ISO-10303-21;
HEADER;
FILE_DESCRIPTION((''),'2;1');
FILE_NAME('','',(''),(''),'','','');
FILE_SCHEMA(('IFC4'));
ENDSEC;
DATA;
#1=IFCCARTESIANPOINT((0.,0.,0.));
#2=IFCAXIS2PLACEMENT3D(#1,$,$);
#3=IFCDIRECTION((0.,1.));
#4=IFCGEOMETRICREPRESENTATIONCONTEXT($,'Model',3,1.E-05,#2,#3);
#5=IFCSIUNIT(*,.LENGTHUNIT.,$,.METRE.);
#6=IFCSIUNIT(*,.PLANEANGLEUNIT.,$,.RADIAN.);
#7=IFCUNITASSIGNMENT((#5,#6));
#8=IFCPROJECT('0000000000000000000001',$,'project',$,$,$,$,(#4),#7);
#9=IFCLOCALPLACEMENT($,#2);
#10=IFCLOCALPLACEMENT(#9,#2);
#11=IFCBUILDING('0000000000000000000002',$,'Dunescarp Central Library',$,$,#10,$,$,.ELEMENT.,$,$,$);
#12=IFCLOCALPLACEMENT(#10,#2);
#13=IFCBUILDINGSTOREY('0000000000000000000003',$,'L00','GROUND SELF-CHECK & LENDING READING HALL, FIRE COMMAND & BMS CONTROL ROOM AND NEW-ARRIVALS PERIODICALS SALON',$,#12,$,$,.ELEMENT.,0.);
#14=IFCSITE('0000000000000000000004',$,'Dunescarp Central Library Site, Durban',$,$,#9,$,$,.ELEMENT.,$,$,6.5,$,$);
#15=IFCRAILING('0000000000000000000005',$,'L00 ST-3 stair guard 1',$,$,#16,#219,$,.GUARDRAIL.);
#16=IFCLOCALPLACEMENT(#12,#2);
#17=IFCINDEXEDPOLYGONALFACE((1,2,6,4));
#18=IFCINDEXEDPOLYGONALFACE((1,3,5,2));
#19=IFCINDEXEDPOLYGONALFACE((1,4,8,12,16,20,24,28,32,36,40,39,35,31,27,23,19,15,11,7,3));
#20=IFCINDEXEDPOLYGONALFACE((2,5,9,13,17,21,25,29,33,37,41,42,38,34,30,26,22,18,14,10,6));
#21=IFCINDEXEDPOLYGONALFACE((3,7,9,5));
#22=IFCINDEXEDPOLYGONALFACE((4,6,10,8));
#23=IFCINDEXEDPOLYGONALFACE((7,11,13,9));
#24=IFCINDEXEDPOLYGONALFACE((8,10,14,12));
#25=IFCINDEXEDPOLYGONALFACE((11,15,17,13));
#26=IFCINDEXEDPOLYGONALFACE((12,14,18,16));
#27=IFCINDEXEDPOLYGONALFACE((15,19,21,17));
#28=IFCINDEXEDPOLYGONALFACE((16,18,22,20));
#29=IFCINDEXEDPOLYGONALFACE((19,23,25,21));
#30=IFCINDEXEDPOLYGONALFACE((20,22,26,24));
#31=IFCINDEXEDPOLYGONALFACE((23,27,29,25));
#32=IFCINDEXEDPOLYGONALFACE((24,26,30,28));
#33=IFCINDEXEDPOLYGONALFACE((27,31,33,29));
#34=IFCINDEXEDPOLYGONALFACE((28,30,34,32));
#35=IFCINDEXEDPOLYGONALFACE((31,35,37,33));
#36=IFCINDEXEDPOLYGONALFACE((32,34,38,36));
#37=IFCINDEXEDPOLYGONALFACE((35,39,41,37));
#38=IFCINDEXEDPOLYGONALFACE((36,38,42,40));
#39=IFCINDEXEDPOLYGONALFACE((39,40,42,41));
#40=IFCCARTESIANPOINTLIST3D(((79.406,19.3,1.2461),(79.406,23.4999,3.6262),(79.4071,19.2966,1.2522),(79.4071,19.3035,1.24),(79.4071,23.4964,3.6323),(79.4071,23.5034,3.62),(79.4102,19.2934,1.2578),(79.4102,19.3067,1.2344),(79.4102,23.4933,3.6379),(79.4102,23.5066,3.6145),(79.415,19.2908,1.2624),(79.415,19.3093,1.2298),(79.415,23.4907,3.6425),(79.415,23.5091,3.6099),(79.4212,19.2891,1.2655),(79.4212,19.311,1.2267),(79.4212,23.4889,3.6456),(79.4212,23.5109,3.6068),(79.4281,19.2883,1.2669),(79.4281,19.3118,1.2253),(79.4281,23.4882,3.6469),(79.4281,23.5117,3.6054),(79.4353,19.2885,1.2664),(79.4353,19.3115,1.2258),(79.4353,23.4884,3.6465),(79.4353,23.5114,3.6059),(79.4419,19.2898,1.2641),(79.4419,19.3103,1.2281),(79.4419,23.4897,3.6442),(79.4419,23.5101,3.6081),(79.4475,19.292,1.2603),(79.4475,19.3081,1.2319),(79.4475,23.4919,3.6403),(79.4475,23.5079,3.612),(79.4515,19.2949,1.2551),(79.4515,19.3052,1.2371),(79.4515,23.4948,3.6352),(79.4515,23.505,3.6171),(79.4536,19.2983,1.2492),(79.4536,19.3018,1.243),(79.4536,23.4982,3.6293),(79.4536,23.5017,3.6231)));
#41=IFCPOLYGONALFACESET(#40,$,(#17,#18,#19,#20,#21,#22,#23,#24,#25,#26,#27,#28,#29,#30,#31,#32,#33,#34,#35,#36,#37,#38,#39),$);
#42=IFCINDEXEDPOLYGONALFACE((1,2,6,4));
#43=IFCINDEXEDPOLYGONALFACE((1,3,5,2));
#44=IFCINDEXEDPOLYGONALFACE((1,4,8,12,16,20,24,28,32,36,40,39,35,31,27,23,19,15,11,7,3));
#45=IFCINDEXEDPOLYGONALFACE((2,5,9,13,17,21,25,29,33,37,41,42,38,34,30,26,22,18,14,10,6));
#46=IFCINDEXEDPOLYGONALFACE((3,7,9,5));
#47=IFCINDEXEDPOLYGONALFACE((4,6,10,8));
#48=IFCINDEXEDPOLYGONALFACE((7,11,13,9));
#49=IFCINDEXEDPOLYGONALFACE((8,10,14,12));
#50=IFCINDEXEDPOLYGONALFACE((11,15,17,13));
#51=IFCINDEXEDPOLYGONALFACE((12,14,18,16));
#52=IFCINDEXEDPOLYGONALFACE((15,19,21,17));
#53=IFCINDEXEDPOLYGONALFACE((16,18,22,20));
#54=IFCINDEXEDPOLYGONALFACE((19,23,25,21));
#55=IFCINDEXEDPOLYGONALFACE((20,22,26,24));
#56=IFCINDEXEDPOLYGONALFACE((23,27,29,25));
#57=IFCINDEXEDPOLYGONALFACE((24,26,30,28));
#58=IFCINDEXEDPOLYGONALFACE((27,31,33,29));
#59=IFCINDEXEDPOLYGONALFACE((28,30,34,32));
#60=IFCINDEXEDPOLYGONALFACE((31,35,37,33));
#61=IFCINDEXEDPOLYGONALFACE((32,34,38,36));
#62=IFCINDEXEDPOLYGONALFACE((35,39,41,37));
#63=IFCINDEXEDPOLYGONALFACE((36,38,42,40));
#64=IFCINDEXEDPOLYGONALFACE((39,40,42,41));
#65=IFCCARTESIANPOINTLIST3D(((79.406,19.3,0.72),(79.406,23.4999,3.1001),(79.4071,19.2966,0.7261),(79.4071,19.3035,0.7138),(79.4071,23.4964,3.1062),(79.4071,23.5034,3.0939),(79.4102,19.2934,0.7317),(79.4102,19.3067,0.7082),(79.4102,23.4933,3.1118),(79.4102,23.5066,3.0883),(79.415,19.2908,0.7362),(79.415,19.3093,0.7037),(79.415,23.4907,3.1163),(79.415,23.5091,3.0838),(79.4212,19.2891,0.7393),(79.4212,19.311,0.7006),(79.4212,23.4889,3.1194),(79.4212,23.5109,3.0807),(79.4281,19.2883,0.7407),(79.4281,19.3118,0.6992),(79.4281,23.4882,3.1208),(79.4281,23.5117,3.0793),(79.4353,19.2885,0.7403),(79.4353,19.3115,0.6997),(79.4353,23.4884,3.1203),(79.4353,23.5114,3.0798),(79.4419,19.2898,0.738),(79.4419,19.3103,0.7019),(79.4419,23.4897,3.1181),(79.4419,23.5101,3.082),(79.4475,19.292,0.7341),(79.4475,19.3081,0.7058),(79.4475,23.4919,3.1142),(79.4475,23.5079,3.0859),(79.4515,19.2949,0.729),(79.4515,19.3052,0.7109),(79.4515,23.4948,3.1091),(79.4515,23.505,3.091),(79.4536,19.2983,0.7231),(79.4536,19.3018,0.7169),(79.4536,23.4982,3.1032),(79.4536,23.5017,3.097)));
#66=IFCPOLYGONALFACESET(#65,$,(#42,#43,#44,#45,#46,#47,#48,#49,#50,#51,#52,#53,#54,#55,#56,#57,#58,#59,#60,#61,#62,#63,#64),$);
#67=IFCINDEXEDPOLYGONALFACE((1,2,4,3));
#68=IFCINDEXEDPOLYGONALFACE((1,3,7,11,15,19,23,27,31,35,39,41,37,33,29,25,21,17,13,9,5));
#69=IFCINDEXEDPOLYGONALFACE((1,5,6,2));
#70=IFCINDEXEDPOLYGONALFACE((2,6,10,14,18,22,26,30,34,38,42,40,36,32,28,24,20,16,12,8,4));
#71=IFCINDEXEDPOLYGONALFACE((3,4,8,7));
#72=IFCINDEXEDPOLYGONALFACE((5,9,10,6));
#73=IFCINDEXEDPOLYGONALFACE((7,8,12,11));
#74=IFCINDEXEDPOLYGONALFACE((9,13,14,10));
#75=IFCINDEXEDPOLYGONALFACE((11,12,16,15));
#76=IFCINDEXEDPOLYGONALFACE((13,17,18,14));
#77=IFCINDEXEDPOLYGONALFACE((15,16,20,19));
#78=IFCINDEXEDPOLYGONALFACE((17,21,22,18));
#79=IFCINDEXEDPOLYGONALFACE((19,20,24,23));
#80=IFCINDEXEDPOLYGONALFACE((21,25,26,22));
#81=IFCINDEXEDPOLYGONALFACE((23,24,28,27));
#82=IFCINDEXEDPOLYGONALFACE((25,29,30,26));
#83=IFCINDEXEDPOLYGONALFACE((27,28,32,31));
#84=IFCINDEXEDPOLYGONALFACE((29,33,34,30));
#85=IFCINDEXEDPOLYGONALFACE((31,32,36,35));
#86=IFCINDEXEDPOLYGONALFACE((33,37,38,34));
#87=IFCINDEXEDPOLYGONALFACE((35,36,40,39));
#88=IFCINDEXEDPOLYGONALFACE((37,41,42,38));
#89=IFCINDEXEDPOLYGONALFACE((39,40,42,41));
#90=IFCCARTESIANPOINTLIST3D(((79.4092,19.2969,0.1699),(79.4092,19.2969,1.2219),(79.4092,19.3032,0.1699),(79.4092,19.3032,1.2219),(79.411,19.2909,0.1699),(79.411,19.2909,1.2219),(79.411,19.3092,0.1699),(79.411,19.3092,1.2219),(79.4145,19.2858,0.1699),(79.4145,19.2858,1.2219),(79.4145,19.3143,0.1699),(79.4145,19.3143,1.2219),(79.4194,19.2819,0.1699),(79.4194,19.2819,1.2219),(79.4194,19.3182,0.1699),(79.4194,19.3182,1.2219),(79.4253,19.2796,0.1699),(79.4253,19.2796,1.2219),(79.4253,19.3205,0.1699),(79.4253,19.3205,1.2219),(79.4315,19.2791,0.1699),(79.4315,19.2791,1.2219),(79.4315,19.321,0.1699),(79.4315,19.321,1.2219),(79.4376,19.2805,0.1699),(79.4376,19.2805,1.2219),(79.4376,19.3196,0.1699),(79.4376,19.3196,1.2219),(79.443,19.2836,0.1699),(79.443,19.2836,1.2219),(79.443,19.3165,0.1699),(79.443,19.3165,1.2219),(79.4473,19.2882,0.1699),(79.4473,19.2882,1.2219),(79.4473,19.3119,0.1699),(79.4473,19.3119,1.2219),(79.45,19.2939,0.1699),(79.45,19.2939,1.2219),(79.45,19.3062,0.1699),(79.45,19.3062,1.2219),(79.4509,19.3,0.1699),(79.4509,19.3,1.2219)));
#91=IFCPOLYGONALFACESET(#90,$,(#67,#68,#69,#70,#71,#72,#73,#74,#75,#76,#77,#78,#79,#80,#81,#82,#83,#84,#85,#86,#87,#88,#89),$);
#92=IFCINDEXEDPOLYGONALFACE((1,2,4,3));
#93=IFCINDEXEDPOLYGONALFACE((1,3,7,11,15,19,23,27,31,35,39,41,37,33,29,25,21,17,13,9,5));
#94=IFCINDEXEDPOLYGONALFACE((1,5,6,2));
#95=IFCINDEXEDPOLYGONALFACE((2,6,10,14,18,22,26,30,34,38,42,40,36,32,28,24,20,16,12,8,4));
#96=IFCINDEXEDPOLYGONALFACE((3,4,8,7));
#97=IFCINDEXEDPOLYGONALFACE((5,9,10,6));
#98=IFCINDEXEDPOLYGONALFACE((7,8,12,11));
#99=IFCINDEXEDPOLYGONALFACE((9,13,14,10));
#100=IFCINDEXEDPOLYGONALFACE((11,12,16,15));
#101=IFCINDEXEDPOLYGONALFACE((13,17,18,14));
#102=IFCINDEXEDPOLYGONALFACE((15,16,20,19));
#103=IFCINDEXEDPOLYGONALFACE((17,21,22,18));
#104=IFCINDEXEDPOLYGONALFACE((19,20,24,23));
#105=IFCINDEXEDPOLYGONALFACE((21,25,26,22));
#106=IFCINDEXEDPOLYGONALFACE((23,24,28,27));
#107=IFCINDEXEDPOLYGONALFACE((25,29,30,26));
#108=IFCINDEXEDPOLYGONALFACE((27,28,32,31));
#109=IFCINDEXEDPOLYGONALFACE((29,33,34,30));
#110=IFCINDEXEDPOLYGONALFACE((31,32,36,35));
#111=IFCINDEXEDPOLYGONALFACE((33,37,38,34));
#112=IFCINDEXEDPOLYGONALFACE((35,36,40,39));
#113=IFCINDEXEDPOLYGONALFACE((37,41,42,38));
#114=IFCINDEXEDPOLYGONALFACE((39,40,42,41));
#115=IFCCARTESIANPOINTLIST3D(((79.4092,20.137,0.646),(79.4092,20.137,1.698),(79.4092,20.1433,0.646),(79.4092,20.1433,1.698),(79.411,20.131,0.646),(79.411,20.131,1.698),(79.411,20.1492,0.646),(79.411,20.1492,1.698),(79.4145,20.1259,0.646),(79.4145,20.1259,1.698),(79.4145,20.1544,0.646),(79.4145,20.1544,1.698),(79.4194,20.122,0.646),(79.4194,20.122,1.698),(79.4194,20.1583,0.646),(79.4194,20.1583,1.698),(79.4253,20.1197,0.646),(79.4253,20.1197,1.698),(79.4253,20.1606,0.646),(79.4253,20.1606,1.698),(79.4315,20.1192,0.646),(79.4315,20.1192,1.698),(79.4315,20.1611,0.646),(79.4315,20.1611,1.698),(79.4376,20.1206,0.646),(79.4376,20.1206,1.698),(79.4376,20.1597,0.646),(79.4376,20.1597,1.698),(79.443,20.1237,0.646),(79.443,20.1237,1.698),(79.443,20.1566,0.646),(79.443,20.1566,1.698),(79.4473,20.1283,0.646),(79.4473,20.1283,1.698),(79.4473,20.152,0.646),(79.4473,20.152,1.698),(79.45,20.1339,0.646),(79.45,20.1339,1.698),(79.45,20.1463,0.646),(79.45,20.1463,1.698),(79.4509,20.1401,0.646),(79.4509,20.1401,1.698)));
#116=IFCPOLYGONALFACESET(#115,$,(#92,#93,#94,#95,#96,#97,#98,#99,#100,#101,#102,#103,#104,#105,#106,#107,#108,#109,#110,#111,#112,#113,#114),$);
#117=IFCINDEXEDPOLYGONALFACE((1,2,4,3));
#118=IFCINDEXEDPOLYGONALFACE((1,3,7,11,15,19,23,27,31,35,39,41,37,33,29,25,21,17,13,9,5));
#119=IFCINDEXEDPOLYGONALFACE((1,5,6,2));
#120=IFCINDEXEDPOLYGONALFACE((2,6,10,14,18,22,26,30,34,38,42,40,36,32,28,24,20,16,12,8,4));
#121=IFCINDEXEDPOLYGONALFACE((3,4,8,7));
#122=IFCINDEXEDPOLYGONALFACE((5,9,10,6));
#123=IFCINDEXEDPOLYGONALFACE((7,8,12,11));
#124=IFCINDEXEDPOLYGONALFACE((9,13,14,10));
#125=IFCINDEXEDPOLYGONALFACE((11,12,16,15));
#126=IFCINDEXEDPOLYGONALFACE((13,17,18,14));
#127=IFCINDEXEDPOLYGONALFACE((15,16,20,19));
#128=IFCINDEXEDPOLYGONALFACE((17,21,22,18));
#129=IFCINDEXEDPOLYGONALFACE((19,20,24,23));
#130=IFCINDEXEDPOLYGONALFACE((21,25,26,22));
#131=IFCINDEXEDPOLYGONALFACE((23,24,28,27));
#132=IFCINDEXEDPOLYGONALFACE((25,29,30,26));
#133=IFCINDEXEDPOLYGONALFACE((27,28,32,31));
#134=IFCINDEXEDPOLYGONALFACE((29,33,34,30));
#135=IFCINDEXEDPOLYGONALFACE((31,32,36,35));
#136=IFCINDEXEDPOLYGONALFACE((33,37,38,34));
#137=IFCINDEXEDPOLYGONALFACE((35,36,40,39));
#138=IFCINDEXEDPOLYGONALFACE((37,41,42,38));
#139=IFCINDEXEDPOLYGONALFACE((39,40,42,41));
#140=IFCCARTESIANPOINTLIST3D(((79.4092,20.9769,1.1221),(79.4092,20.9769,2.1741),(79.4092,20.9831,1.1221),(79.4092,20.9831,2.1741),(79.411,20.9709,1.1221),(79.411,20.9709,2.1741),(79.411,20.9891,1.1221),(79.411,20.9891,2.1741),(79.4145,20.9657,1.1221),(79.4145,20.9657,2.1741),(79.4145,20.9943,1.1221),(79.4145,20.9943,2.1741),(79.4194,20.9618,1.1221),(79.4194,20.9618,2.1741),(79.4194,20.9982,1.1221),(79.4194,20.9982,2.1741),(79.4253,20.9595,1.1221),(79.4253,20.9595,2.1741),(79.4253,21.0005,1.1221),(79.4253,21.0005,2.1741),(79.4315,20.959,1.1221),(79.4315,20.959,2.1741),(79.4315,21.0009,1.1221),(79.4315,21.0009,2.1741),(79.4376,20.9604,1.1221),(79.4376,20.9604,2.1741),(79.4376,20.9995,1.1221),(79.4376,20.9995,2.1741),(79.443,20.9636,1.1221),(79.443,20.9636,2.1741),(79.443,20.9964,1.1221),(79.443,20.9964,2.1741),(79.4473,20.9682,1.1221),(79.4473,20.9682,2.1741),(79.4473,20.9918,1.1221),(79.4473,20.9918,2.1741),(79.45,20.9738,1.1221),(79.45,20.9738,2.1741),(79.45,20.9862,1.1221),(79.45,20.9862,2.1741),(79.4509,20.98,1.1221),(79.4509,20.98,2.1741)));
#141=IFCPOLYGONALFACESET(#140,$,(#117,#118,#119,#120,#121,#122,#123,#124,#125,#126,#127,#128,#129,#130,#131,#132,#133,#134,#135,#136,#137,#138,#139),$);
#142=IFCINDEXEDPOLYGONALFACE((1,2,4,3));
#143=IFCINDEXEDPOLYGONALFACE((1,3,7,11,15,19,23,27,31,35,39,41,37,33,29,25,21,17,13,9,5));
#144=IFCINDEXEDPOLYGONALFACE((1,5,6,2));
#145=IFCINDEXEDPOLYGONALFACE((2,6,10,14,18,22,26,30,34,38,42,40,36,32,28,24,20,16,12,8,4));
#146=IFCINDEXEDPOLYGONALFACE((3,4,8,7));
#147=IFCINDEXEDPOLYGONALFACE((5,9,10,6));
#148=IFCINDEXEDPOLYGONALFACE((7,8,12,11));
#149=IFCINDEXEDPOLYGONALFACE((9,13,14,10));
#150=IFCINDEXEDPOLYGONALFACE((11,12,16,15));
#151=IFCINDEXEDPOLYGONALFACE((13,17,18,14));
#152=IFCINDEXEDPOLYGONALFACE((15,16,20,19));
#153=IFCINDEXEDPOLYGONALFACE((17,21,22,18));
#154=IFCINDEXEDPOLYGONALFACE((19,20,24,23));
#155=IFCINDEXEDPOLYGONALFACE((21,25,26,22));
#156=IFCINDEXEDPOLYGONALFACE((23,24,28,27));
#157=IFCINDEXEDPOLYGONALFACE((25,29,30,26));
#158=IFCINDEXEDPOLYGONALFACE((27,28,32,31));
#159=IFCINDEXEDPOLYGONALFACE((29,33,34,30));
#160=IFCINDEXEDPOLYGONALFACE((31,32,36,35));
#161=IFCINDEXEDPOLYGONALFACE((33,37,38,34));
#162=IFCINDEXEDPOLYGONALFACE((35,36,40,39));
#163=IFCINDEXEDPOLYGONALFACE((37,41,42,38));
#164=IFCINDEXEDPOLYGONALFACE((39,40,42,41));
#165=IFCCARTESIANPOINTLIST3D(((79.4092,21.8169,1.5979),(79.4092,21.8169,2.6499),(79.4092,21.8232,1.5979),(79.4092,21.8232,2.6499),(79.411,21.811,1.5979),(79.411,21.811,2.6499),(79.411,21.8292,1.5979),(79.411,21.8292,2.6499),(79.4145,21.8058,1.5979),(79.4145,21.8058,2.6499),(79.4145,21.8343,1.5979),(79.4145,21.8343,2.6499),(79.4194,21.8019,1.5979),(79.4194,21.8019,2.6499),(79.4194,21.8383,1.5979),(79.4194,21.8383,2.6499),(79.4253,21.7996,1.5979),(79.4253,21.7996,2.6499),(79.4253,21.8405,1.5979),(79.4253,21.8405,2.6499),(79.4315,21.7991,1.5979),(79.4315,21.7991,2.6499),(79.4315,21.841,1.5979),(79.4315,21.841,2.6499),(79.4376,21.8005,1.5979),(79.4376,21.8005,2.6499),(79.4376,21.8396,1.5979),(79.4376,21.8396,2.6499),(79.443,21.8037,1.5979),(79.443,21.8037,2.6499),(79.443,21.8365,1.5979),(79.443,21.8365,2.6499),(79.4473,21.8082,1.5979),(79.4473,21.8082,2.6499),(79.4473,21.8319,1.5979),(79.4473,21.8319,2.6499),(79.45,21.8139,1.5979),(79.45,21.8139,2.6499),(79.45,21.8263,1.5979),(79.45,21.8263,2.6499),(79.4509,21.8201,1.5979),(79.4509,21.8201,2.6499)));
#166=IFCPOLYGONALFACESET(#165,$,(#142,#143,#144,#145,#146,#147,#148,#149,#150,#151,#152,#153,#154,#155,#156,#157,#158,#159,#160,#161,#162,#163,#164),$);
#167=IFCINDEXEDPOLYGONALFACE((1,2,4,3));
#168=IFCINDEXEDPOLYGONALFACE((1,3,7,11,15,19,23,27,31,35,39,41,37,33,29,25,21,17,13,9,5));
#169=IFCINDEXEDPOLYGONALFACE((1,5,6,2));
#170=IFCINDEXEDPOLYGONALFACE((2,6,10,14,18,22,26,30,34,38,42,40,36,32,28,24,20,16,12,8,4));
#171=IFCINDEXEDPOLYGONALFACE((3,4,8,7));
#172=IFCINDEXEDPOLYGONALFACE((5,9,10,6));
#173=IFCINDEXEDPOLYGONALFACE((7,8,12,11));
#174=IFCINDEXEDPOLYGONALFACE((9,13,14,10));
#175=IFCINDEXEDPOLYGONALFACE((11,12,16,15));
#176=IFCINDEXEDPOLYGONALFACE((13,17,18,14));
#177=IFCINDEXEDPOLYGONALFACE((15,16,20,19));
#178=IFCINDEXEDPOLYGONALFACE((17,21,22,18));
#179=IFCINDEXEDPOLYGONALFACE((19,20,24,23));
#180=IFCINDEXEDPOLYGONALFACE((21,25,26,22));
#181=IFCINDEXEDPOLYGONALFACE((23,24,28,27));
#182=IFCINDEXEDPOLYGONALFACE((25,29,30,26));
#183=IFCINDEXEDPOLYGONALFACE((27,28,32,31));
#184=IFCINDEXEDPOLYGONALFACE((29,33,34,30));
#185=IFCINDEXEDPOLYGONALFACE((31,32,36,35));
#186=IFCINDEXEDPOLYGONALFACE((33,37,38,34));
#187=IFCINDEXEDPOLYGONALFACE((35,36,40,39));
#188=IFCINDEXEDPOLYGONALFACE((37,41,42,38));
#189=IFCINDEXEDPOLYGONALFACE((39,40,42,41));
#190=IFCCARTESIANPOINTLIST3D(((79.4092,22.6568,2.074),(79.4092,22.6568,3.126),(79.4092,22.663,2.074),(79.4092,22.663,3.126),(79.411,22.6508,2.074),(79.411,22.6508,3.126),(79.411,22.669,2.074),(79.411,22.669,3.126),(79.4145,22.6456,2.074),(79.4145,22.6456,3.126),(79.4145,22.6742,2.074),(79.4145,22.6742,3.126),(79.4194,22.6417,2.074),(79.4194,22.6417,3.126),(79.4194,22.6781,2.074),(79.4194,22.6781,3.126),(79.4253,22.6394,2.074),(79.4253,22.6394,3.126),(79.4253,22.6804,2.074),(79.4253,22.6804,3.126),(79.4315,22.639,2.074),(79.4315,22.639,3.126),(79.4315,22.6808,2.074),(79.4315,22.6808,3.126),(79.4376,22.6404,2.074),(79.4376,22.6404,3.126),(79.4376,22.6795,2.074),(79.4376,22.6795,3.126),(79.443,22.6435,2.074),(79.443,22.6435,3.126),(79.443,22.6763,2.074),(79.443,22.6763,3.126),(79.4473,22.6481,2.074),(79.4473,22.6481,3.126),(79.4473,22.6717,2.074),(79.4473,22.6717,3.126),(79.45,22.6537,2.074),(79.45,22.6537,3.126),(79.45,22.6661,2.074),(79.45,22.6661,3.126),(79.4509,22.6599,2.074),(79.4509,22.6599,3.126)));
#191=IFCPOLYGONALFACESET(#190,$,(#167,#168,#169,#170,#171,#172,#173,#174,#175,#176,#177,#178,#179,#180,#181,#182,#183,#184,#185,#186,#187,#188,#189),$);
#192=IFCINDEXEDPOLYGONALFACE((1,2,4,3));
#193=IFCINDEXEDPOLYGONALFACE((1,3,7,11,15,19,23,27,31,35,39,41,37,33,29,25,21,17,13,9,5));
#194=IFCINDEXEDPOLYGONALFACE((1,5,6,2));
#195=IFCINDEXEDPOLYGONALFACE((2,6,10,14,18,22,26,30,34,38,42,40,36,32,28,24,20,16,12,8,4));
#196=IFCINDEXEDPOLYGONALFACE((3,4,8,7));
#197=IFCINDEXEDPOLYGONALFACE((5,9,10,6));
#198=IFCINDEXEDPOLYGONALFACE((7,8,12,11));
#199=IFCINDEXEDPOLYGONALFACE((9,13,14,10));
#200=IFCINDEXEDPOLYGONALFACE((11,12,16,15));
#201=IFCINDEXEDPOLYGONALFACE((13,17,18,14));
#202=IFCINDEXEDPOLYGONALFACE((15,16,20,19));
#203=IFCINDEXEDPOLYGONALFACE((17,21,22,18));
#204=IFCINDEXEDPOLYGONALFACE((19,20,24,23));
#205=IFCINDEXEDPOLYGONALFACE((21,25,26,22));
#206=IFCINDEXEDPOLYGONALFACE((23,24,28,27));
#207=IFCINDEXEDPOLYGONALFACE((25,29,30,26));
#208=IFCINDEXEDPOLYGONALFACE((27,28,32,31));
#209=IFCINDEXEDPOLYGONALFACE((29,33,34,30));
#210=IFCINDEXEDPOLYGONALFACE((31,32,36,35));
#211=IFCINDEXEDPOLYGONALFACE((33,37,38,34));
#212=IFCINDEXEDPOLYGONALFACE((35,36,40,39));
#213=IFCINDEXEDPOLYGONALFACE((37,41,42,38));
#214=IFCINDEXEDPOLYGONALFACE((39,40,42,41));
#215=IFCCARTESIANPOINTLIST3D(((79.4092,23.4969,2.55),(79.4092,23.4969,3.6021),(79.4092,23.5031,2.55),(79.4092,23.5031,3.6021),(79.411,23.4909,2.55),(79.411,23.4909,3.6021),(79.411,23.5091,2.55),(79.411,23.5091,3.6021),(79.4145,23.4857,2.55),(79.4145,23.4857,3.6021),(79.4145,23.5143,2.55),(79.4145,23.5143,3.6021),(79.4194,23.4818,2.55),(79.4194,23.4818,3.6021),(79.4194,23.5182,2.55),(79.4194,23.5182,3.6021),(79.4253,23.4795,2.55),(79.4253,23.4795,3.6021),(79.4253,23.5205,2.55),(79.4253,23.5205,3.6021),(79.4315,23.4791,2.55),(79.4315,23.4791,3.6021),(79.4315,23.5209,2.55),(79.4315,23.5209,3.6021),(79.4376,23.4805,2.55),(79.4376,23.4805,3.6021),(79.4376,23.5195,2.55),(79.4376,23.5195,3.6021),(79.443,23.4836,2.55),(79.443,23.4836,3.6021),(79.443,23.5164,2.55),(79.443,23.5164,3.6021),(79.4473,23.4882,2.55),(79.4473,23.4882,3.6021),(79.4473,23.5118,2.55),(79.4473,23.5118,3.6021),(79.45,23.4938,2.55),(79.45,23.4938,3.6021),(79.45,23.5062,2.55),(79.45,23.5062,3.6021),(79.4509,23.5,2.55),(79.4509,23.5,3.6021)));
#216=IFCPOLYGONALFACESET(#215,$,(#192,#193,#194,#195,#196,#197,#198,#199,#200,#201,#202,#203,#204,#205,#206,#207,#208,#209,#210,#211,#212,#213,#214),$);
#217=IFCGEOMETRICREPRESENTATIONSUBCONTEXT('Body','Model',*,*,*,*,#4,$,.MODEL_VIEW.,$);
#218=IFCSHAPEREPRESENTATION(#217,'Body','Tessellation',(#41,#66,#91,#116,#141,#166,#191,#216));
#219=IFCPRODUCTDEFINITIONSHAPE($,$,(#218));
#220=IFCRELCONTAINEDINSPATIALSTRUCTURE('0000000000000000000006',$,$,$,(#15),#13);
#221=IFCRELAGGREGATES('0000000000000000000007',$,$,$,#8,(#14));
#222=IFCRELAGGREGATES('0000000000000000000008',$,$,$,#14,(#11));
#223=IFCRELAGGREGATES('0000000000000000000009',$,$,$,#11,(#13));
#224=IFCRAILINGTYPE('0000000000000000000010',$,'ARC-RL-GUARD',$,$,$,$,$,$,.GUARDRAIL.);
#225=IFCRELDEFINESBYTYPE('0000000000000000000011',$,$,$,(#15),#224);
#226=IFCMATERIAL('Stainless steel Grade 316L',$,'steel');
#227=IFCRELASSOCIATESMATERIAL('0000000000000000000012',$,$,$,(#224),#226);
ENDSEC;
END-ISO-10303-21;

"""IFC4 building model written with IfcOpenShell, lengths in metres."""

from ifc_helpers import new_model, si_unit, direction, frame, origin, origin_2d, place, context, subcontext, project, spatial, circle, extrude, material, type_object, element, save


model = new_model("IFC4")

# Units and contexts
model_context = context("Model", 3, precision=1e-05, world=origin(), true_north=direction((0.0, 1.0)))
body_context = subcontext(model_context, "Body", "Model", "MODEL_VIEW")
ifc_project = project(units=[si_unit("LENGTHUNIT", "METRE"), si_unit("PLANEANGLEUNIT", "RADIAN")], contexts=[model_context])

# Site, building, storey
site_placement = place(None, origin())
site = spatial("IfcSite", under=ifc_project, at=site_placement, Name="Dunescarp Central Library Site, Durban", CompositionType="ELEMENT", RefElevation=6.5)
building_placement = place(site_placement, origin())
building = spatial("IfcBuilding", under=site, at=building_placement, Name="Dunescarp Central Library", CompositionType="ELEMENT")
storey_placement = place(building_placement, origin())
storey = spatial("IfcBuildingStorey", under=building, at=storey_placement, Name="L00", Description="GROUND SELF-CHECK & LENDING READING HALL, FIRE COMMAND & BMS CONTROL ROOM AND NEW-ARRIVALS PERIODICALS SALON", CompositionType="ELEMENT", Elevation=0.0)

# Railing
ifc_material_1 = material(Name="Stainless steel Grade 316L", Category="steel")
railing_type_1 = type_object("IfcRailingType", Name="ARC-RL-GUARD", PredefinedType="GUARDRAIL", material=ifc_material_1)
railing_1_placement = place(storey_placement, frame((79.4299, 19.3, 0.1699)))
element("IfcRailing", 1, at=railing_1_placement, inside=storey, type_object=railing_type_1, Name="L00 ST-3 stair guard 1", PredefinedType="GUARDRAIL", context=body_context, shape_type="SweptSolid", body=[
    extrude(circle(Radius=0.0239, at=origin_2d()), frame((0.0, 0.0, 1.0762), z_axis=(0.0, 0.870008, 0.493037), x_axis=(-1.0, 0.0, 0.0)), (0.0, 0.0, 1.0), 4.8274),
    extrude(circle(Radius=0.0239, at=origin_2d()), frame((0.0, 0.0, 0.55), z_axis=(0.0, 0.870008, 0.493037), x_axis=(-1.0, 0.0, 0.0)), (0.0, 0.0, 1.0), 4.8274),
    extrude(circle(Radius=0.021, at=origin_2d()), origin(), (0.0, 0.0, 1.0), 1.052),
    extrude(circle(Radius=0.021, at=origin_2d()), frame((0.0, 0.8401, 0.4761)), (0.0, 0.0, 1.0), 1.052),
    extrude(circle(Radius=0.021, at=origin_2d()), frame((0.0, 1.6799, 0.9521)), (0.0, 0.0, 1.0), 1.052),
    extrude(circle(Radius=0.021, at=origin_2d()), frame((0.0, 2.52, 1.428)), (0.0, 0.0, 1.0), 1.052),
    extrude(circle(Radius=0.021, at=origin_2d()), frame((0.0, 3.3599, 1.9041)), (0.0, 0.0, 1.0), 1.052),
    extrude(circle(Radius=0.021, at=origin_2d()), frame((0.0, 4.2, 2.3801)), (0.0, 0.0, 1.0), 1.052),
])

save(model, "model.ifc")
